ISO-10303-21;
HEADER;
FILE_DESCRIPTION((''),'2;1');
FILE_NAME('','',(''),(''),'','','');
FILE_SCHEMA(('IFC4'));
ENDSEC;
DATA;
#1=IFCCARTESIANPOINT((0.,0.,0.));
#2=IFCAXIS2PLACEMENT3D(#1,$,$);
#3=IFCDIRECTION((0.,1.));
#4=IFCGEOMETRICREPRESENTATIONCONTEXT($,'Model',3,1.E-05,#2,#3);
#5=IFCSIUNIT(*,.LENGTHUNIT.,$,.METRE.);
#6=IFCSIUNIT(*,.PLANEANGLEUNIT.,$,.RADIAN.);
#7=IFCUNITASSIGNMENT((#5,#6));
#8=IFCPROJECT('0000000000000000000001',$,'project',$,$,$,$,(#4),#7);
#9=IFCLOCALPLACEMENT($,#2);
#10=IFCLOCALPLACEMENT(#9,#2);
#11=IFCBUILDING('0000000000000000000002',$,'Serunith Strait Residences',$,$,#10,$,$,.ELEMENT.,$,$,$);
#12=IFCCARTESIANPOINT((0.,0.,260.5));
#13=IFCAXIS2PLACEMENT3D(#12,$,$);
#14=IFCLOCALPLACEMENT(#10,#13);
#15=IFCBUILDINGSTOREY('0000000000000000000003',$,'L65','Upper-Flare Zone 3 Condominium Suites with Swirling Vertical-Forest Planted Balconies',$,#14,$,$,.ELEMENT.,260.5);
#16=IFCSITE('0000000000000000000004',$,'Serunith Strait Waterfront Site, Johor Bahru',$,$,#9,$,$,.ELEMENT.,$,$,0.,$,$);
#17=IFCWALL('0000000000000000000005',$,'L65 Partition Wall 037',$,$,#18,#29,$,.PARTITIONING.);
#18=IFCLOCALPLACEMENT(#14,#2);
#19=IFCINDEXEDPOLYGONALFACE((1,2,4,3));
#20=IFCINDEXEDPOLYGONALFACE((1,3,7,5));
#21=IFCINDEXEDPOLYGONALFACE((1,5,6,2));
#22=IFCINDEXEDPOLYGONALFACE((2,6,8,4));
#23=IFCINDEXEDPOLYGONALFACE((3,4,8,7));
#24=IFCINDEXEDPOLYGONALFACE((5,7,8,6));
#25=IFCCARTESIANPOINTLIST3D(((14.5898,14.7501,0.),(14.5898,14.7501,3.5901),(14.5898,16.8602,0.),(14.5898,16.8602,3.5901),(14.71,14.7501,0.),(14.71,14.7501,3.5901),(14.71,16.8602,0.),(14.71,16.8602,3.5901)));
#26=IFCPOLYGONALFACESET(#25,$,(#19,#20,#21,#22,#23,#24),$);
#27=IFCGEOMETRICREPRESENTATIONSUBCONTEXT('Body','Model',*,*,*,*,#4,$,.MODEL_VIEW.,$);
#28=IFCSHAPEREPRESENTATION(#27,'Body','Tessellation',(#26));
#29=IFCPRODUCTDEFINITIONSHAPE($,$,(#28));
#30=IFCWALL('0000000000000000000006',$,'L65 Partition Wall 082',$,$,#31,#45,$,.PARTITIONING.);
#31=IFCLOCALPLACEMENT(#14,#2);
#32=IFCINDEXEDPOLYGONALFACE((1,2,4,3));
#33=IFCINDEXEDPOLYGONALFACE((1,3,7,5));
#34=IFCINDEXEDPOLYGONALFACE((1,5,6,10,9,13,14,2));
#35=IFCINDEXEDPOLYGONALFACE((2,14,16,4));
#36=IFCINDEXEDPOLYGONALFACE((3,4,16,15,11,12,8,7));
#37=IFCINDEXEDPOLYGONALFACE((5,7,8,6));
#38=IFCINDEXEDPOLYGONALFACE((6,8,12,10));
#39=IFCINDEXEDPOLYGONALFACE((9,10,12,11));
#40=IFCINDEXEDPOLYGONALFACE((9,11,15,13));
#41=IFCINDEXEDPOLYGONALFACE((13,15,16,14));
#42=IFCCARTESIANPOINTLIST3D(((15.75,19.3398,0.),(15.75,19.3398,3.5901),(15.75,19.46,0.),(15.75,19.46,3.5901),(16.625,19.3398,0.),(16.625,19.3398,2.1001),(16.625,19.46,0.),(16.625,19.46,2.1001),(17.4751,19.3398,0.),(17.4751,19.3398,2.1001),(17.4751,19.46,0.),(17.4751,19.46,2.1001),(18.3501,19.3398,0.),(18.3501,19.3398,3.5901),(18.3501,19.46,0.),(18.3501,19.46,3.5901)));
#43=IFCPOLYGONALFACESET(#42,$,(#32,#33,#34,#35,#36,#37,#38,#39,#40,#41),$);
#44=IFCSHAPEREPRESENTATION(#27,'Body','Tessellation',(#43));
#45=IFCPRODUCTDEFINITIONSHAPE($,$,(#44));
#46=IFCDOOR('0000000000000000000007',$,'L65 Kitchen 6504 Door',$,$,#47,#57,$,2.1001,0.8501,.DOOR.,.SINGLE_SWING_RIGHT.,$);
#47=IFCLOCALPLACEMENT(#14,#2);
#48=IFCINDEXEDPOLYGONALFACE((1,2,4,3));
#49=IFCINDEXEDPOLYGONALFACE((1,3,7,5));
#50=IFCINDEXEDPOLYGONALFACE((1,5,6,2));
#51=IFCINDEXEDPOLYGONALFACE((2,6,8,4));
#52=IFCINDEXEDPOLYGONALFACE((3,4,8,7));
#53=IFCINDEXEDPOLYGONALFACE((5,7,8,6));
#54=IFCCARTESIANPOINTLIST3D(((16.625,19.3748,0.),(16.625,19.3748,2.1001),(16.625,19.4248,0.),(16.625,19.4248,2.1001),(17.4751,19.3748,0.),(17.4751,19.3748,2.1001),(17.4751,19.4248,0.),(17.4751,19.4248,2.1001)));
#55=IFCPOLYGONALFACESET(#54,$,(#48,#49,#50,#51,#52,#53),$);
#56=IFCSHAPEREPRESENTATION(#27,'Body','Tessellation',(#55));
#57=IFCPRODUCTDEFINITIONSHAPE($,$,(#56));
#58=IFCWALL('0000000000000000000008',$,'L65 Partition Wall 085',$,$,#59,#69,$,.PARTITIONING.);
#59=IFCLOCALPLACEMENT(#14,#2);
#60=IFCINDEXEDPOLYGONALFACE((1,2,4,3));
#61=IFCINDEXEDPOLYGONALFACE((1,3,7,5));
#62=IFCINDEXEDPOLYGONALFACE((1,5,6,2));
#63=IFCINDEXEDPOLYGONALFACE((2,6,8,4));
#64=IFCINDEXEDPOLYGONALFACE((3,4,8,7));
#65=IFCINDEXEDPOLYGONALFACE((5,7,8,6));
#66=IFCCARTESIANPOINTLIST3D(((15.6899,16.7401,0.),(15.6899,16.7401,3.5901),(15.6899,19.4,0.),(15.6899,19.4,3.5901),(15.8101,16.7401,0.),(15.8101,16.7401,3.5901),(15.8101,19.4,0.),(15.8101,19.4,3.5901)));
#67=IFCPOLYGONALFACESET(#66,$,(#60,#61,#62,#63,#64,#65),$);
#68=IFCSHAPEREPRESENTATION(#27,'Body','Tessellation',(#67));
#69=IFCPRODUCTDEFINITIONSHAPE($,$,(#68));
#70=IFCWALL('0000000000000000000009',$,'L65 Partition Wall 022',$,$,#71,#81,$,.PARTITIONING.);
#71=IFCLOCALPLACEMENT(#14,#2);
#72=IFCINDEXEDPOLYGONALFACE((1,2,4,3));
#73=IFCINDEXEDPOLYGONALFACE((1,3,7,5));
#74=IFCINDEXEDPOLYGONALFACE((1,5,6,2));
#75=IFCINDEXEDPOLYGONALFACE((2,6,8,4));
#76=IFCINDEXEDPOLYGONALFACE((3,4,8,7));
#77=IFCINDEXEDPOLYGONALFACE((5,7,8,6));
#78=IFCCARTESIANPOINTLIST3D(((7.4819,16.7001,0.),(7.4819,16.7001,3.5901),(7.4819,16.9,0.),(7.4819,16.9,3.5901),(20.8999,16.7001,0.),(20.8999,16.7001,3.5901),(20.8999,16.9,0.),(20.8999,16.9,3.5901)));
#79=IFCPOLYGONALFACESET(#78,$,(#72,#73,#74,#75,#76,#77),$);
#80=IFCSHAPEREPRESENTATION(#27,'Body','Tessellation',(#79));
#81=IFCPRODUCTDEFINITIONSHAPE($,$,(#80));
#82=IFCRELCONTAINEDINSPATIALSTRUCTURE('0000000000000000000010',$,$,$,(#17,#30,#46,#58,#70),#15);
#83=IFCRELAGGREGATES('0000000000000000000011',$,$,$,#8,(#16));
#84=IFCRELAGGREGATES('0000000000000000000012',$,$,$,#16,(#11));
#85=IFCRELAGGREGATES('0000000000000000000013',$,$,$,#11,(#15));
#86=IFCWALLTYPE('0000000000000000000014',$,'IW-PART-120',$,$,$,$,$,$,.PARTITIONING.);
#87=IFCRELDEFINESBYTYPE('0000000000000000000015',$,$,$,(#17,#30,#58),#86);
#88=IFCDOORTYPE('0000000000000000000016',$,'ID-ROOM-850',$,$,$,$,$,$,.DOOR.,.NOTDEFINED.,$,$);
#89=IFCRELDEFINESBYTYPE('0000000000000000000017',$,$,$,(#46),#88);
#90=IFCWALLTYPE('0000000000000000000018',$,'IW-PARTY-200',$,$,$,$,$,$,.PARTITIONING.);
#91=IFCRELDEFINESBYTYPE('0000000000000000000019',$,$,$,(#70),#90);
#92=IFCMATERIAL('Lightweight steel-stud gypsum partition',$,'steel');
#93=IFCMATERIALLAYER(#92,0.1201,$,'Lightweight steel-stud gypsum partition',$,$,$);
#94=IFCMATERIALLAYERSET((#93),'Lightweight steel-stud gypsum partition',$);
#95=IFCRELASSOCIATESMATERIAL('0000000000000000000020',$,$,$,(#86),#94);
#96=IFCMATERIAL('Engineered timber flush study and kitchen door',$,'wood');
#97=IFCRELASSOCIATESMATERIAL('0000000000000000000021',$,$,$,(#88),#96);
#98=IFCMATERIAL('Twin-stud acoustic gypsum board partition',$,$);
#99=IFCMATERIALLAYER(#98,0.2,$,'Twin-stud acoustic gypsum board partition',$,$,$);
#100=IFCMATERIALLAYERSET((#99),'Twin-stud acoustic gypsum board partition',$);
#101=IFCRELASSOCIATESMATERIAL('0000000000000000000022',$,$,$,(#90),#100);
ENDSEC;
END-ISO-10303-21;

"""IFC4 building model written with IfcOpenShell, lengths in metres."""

from ifc_helpers import new_model, si_unit, direction, frame, frame_2d, origin, place, context, subcontext, project, spatial, rectangle, extrude, source, transform, mapped, material, layer, layer_set, type_object, element, fill, save


model = new_model("IFC4")

# Units and contexts
model_context = context("Model", 3, precision=1e-05, world=origin(), true_north=direction((0.0, 1.0)))
body_context = subcontext(model_context, "Body", "Model", "MODEL_VIEW")
ifc_project = project(units=[si_unit("LENGTHUNIT", "METRE"), si_unit("PLANEANGLEUNIT", "RADIAN")], contexts=[model_context])

# Site, building, storey
site_placement = place(None, origin())
site = spatial("IfcSite", under=ifc_project, at=site_placement, Name="Serunith Strait Waterfront Site, Johor Bahru", CompositionType="ELEMENT", RefElevation=0.0)
building_placement = place(site_placement, origin())
building = spatial("IfcBuilding", under=site, at=building_placement, Name="Serunith Strait Residences", CompositionType="ELEMENT")
storey_placement = place(building_placement, frame((0.0, 0.0, 260.5)))
storey = spatial("IfcBuildingStorey", under=building, at=storey_placement, Name="L65", Description="Upper-Flare Zone 3 Condominium Suites with Swirling Vertical-Forest Planted Balconies", CompositionType="ELEMENT", Elevation=260.5)

# Wall
ifc_material_1 = material(Name="Lightweight steel-stud gypsum partition", Category="steel")
ifc_layer_1 = layer(ifc_material_1, 0.1201, Name="Lightweight steel-stud gypsum partition")
ifc_layer_set_1 = layer_set([ifc_layer_1], Name="Lightweight steel-stud gypsum partition")
wall_type_1 = type_object("IfcWallType", Name="IW-PART-120", PredefinedType="PARTITIONING", material=ifc_layer_set_1)
wall_1_placement = place(storey_placement, frame((14.6499, 14.75, 0.0), z_axis=(0.0, 0.0, 1.0), x_axis=(0.0, 1.0, 0.0)))
element("IfcWall", 1, at=wall_1_placement, inside=storey, type_object=wall_type_1, Name="L65 Partition Wall 037", PredefinedType="PARTITIONING", context=body_context, shape_type="SweptSolid", body=[
    extrude(rectangle(XDim=2.1101, YDim=0.1201, at=frame_2d((1.0552, 0.0))), origin(), (0.0, 0.0, 1.0), 3.5901),
])

# Wall, opening, door
wall_2_placement = place(storey_placement, frame((15.75, 19.3999, 0.0), z_axis=(0.0, 0.0, 1.0), x_axis=(1.0, 0.0, 0.0)))
wall_2 = element("IfcWall", 2, at=wall_2_placement, inside=storey, type_object=wall_type_1, Name="L65 Partition Wall 082", PredefinedType="PARTITIONING", context=body_context, shape_type="SweptSolid", body=[
    extrude(rectangle(XDim=2.6001, YDim=0.1201, at=frame_2d((1.3, 0.0))), origin(), (0.0, 0.0, 1.0), 3.5901),
])
opening_placement = place(wall_2_placement, frame((0.875, 0.0, 0.0)))
opening = element("IfcOpeningElement", 3, at=opening_placement, cuts=wall_2, PredefinedType="OPENING", context=body_context, shape_type="SweptSolid", body=[
    extrude(rectangle(XDim=0.8501, YDim=2.1001, at=frame_2d((0.425, 1.05))), frame((0.0, 0.0701, 0.0), z_axis=(0.0, -1.0, 0.0), x_axis=(1.0, 0.0, 0.0)), (0.0, 0.0, 1.0), 0.1401),
])
ifc_material_2 = material(Name="Engineered timber flush study and kitchen door", Category="wood")
door_type = type_object("IfcDoorType", Name="ID-ROOM-850", OperationType="NOTDEFINED", PredefinedType="DOOR", material=ifc_material_2)
shared_shape_1 = source(origin(), body_context, "Body", "SweptSolid", [
    extrude(rectangle(XDim=0.8501, YDim=2.1001, at=frame_2d((0.425, 1.05))), frame((0.0, 0.0249, 0.0), z_axis=(0.0, -1.0, 0.0), x_axis=(1.0, 0.0, 0.0)), (0.0, 0.0, 1.0), 0.05),
])
door_placement = place(opening_placement, origin())
door = element("IfcDoor", 4, at=door_placement, inside=storey, type_object=door_type, Name="L65 Kitchen 6504 Door", OperationType="SINGLE_SWING_RIGHT", OverallHeight=2.1001, OverallWidth=0.8501, PredefinedType="DOOR", context=body_context, shape_type="MappedRepresentation", body=[
    mapped(shared_shape_1, transform((0.0, 0.0, 0.0), scale=1.0)),
])
fill(opening, door)

# Walls
wall_3_placement = place(storey_placement, frame((15.75, 16.74, 0.0), z_axis=(0.0, 0.0, 1.0), x_axis=(0.0, 1.0, 0.0)))
element("IfcWall", 5, at=wall_3_placement, inside=storey, type_object=wall_type_1, Name="L65 Partition Wall 085", PredefinedType="PARTITIONING", context=body_context, shape_type="SweptSolid", body=[
    extrude(rectangle(XDim=2.6599, YDim=0.1201, at=frame_2d((1.3301, 0.0))), origin(), (0.0, 0.0, 1.0), 3.5901),
])
ifc_material_3 = material(Name="Twin-stud acoustic gypsum board partition")
ifc_layer_2 = layer(ifc_material_3, 0.2, Name="Twin-stud acoustic gypsum board partition")
ifc_layer_set_2 = layer_set([ifc_layer_2], Name="Twin-stud acoustic gypsum board partition")
wall_type_2 = type_object("IfcWallType", Name="IW-PARTY-200", PredefinedType="PARTITIONING", material=ifc_layer_set_2)
wall_4_placement = place(storey_placement, frame((7.4819, 16.8, 0.0), z_axis=(0.0, 0.0, 1.0), x_axis=(1.0, 0.0, 0.0)))
element("IfcWall", 6, at=wall_4_placement, inside=storey, type_object=wall_type_2, Name="L65 Partition Wall 022", PredefinedType="PARTITIONING", context=body_context, shape_type="SweptSolid", body=[
    extrude(rectangle(XDim=13.418, YDim=0.2, at=frame_2d((6.709, 0.0))), origin(), (0.0, 0.0, 1.0), 3.5901),
])

save(model, "model.ifc")
